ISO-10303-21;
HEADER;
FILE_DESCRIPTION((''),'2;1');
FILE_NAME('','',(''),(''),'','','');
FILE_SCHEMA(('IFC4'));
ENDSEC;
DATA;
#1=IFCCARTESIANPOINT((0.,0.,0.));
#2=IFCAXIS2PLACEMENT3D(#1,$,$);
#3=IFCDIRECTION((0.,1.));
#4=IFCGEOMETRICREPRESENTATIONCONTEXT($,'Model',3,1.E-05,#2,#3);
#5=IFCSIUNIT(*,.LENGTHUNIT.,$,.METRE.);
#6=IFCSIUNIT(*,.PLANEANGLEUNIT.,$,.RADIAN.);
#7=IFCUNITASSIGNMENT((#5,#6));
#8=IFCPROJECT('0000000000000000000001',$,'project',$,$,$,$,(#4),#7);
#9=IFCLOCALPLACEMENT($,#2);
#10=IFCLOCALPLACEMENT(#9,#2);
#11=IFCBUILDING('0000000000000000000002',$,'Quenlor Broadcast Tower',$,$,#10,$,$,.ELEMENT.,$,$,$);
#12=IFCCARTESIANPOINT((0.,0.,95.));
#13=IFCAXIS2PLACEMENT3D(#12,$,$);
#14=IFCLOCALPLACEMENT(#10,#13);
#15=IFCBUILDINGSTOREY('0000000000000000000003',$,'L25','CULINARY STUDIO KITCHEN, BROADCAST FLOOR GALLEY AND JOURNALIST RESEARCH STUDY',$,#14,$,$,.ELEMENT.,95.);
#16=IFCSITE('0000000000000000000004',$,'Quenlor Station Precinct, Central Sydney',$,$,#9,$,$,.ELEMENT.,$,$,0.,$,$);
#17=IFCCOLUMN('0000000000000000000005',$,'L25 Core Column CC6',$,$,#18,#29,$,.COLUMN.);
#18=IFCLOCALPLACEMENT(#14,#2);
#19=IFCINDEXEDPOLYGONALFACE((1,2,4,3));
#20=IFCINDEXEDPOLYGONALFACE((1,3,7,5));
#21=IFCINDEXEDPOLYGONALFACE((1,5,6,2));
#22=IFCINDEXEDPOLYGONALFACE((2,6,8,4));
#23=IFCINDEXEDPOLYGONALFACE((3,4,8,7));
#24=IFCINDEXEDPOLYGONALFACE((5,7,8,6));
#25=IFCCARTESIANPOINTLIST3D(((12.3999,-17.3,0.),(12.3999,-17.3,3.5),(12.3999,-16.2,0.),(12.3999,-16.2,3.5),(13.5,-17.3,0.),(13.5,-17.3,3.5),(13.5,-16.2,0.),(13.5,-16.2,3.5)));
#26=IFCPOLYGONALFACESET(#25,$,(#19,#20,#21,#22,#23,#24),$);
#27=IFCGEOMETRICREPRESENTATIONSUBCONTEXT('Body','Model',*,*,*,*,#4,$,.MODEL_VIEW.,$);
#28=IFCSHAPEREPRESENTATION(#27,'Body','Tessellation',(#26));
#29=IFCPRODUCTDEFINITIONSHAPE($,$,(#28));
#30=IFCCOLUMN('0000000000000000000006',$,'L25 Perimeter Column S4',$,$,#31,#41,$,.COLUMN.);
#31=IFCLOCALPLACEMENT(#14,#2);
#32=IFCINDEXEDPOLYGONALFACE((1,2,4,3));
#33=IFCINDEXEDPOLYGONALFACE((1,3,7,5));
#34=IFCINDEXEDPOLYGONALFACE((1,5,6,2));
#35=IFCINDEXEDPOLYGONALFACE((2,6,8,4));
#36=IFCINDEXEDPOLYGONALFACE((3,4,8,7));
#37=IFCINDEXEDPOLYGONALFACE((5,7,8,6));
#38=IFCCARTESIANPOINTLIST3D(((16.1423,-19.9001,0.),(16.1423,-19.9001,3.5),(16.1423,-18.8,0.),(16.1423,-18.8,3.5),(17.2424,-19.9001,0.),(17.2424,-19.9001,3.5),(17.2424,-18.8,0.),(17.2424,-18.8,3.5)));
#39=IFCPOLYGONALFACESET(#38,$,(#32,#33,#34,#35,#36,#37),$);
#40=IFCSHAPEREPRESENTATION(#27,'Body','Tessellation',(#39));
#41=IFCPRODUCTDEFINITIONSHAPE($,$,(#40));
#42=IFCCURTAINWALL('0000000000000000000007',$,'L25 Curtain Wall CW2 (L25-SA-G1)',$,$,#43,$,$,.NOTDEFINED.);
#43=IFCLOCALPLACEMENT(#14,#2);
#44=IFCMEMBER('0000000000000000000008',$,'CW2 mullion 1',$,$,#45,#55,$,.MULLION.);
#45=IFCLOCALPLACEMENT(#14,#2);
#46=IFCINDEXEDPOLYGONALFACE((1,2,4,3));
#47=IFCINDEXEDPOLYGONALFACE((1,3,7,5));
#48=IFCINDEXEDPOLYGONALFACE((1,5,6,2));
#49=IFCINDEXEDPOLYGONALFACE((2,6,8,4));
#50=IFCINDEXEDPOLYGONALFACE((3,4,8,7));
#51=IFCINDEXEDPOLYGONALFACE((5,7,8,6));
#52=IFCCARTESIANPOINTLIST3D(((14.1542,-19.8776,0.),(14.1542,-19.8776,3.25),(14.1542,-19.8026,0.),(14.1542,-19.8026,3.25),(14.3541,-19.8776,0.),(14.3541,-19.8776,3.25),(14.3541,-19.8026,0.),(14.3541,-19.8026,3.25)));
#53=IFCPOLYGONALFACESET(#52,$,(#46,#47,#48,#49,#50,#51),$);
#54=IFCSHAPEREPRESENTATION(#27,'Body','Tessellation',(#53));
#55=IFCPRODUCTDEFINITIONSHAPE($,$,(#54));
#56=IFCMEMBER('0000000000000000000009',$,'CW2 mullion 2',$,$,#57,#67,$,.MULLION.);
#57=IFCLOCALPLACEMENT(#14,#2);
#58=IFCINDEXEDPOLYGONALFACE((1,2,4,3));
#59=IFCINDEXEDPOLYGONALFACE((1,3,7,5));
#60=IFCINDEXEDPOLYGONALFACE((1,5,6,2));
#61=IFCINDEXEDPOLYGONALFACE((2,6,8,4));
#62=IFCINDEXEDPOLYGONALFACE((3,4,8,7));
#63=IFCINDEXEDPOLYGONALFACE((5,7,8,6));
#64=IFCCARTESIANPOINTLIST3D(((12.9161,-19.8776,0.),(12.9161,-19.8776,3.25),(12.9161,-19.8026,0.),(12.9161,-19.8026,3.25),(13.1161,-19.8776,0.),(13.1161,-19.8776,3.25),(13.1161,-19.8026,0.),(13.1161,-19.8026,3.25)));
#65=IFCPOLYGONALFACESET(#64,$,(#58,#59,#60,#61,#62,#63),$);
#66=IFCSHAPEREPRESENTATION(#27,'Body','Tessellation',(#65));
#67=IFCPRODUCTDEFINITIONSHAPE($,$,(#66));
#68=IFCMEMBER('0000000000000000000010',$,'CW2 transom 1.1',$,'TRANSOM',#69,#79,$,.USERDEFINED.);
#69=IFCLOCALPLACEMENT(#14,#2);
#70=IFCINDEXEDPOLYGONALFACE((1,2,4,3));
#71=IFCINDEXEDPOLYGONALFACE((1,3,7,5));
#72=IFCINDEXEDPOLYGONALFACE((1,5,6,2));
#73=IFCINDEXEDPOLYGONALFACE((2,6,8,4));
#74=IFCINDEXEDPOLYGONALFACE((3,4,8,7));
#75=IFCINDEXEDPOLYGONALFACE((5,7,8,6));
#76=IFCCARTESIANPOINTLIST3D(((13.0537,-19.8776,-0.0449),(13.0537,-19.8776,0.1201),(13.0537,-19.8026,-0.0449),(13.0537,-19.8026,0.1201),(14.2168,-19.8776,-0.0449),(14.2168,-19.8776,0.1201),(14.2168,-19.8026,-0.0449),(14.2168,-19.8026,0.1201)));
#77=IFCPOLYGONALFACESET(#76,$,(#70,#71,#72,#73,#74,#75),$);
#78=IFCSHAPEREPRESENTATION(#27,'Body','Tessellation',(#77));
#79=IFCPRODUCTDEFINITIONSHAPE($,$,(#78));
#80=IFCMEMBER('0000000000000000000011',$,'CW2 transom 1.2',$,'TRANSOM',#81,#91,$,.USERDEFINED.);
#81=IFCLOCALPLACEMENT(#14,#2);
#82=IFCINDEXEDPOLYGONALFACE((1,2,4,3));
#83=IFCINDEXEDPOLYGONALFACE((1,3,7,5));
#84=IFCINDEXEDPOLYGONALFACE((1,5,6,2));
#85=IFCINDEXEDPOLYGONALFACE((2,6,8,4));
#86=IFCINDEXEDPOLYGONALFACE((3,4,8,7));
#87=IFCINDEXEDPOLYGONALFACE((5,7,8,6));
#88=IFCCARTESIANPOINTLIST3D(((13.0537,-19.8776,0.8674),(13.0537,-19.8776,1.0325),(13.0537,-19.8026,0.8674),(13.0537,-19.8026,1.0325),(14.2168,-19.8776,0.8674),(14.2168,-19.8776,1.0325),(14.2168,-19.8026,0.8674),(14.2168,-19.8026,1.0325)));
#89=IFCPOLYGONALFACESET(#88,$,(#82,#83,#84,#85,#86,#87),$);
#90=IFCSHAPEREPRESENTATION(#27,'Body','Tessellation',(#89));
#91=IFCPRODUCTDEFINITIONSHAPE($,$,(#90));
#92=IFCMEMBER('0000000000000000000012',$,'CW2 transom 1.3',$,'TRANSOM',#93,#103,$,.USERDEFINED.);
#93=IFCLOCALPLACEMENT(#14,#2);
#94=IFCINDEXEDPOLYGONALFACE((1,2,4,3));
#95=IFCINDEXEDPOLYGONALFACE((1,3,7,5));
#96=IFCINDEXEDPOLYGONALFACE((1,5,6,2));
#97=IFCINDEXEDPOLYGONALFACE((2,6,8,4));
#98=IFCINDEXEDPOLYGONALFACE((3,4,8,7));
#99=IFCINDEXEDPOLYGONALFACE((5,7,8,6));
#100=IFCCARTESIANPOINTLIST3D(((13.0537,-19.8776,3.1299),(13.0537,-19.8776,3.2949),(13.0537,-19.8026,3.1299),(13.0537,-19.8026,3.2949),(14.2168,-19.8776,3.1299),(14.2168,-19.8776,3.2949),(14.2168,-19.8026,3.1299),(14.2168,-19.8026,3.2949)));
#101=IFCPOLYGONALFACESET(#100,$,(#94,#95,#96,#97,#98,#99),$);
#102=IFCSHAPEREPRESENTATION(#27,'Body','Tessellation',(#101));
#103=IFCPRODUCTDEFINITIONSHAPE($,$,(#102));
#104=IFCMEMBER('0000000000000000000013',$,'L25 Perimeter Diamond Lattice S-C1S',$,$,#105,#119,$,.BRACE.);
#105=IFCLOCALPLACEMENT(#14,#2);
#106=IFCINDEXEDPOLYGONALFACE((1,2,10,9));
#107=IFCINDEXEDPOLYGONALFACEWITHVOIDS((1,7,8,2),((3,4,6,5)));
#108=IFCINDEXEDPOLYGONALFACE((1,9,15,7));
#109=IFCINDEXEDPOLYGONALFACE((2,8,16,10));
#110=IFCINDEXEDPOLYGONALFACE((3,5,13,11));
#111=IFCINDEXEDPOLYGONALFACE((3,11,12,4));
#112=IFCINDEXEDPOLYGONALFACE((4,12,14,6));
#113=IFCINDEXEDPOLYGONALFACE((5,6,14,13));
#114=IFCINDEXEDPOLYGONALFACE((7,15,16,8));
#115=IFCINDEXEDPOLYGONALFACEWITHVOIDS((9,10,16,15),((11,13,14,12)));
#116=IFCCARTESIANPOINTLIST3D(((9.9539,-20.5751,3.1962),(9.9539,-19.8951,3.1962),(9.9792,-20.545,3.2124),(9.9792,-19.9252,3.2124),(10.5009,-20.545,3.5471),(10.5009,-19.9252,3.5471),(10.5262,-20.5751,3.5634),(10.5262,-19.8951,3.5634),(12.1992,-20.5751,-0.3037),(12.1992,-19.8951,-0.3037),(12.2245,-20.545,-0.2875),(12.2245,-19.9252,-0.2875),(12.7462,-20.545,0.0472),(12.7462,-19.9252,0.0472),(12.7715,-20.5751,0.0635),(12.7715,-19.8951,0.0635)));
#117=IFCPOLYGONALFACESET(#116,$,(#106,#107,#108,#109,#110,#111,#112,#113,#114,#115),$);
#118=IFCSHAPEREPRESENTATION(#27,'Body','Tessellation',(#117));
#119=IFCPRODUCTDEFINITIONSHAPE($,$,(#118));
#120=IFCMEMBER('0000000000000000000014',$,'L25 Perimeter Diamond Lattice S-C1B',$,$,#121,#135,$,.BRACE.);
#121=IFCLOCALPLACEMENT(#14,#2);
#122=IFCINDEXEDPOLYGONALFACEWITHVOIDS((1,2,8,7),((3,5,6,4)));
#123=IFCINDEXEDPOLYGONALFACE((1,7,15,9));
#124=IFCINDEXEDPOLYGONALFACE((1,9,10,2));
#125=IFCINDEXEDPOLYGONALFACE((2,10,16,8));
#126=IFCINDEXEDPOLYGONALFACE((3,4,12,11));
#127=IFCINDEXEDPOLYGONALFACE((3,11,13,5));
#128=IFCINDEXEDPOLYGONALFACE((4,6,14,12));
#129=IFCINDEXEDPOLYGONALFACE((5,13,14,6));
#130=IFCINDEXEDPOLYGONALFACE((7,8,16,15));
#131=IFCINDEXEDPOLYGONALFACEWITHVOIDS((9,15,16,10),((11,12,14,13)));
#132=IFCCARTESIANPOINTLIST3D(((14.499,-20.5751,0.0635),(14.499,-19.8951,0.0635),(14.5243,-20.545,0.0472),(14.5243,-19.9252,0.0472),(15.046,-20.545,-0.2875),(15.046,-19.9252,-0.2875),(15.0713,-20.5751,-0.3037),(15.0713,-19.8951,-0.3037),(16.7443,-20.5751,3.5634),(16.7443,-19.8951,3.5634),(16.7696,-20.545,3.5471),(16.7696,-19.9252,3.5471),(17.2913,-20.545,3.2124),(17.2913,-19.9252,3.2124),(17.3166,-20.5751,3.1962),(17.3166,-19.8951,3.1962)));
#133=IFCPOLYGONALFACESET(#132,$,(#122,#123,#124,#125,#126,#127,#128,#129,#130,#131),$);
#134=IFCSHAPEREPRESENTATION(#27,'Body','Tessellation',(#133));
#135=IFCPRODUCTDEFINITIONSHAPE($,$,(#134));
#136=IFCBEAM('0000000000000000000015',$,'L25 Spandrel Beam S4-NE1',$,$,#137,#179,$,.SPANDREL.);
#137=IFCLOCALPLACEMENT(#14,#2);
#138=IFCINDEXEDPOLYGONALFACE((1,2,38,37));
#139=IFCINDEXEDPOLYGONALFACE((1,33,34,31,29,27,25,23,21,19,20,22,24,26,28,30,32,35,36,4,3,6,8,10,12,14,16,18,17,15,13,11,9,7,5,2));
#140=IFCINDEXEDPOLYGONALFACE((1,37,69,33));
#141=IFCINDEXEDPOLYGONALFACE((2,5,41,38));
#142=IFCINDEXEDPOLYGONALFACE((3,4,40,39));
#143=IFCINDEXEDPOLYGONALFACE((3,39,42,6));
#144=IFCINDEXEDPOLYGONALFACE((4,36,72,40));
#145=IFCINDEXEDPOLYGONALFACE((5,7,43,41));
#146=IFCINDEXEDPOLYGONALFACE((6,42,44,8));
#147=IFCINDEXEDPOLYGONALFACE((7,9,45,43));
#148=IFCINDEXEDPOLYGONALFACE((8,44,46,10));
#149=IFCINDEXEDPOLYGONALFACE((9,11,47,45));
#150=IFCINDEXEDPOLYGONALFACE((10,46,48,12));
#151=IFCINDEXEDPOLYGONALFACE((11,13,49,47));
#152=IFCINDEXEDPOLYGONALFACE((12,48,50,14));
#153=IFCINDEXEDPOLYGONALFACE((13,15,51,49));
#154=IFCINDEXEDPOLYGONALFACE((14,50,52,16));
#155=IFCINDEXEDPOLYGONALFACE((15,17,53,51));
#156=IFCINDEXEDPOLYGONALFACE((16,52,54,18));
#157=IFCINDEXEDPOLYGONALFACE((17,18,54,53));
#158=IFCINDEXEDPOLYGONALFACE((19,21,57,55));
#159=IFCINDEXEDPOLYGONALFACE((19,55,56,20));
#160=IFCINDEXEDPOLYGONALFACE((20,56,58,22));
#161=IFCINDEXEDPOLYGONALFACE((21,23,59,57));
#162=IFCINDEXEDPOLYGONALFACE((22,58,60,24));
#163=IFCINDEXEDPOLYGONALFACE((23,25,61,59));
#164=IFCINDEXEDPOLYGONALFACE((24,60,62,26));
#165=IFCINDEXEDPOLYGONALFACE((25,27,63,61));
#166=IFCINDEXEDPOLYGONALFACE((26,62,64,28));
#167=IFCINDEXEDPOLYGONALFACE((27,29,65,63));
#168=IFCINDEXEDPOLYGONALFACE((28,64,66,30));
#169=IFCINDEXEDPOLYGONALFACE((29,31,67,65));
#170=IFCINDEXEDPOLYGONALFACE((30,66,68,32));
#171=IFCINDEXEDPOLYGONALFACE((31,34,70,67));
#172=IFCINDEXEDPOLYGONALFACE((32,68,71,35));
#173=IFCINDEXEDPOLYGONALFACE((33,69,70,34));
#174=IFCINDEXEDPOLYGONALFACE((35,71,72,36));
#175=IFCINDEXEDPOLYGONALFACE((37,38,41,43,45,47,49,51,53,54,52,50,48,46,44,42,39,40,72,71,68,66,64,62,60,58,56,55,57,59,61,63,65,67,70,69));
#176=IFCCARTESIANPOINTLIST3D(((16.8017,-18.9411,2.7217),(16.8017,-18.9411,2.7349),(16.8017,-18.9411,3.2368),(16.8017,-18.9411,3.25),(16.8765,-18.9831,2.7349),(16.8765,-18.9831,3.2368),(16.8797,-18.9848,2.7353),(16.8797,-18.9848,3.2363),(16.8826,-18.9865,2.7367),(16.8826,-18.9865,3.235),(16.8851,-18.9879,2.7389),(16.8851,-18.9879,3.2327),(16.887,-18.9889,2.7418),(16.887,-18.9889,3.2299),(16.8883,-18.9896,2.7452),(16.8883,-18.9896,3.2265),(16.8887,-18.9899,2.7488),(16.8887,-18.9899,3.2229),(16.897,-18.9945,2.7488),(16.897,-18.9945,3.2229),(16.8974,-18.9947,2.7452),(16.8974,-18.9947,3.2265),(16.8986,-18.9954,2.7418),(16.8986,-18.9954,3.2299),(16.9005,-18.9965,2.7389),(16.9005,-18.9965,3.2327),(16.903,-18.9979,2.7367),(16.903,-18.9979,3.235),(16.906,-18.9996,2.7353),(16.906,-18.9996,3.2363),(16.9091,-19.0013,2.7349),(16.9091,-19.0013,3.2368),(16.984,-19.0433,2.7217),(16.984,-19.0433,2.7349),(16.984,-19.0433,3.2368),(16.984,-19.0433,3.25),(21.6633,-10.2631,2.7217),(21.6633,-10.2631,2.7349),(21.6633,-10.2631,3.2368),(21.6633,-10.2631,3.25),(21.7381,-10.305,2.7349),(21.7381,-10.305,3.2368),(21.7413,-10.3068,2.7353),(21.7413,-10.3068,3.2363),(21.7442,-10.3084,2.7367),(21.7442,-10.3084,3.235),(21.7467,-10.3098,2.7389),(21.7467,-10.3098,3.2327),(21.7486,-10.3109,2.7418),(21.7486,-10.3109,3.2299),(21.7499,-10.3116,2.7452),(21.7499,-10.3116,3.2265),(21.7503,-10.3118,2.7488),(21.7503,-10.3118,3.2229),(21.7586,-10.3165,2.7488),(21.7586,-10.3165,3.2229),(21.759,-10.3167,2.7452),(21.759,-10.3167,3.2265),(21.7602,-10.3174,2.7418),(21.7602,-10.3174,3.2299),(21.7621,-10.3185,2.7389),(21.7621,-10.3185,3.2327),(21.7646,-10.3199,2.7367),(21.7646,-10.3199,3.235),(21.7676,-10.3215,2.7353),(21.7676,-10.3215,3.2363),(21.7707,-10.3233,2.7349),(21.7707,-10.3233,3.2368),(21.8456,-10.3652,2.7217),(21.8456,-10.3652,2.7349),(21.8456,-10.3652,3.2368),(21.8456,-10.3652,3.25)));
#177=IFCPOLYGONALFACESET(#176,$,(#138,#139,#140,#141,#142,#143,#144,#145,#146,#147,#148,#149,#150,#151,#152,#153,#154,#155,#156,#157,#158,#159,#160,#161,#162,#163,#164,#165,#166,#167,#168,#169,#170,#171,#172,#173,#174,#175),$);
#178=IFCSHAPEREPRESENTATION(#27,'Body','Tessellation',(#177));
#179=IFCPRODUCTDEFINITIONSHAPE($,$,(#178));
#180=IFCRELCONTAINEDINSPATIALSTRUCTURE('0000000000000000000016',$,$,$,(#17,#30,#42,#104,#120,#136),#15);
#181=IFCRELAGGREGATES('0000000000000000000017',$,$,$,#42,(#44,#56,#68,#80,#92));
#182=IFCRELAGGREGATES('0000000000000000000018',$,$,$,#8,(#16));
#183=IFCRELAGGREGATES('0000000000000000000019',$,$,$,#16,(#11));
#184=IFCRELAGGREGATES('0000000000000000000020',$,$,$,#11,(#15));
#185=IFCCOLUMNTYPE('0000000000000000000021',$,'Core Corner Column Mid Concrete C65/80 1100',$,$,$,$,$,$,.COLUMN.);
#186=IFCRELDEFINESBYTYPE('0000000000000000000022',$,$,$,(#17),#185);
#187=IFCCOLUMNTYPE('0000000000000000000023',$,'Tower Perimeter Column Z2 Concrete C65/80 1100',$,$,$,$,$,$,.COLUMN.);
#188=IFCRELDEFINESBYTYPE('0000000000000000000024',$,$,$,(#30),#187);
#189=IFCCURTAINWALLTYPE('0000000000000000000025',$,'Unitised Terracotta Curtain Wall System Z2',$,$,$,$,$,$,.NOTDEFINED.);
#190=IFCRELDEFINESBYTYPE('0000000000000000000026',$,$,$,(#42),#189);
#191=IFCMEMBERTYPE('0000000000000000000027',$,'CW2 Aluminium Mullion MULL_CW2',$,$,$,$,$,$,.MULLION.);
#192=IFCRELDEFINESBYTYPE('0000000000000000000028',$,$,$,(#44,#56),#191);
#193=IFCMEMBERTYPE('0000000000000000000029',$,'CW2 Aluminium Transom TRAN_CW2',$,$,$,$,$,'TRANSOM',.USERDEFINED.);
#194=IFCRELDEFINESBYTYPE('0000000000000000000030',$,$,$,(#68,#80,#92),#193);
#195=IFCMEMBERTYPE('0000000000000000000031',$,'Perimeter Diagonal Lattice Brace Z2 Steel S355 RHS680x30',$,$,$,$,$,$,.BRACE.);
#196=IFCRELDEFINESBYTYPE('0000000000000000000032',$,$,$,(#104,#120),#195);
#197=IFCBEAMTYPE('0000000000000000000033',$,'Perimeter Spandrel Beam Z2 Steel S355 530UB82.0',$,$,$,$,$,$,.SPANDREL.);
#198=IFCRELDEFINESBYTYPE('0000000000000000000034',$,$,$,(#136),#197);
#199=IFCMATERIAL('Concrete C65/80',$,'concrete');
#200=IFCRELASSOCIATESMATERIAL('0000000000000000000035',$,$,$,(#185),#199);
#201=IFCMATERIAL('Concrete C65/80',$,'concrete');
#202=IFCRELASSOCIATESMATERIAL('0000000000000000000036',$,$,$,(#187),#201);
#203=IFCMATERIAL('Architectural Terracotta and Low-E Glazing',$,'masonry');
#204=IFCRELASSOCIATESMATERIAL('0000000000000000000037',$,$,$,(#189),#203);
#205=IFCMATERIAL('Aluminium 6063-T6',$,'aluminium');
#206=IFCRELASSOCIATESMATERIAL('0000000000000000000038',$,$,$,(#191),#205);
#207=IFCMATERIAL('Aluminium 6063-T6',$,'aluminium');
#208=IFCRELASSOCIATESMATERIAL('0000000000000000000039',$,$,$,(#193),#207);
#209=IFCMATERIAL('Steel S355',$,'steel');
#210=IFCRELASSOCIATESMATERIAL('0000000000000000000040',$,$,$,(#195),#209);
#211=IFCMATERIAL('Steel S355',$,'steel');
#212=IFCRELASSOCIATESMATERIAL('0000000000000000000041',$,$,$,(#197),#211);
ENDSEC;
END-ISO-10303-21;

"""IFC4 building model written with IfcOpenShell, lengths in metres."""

from ifc_helpers import new_model, si_unit, direction, frame, origin, origin_2d, place, context, subcontext, project, spatial, rectangle, hollow_rectangle, i_section, extrude, material, material_profile, profile_set, type_object, element, aggregate, save


model = new_model("IFC4")

# Units and contexts
model_context = context("Model", 3, precision=1e-05, world=origin(), true_north=direction((0.0, 1.0)))
body_context = subcontext(model_context, "Body", "Model", "MODEL_VIEW")
ifc_project = project(units=[si_unit("LENGTHUNIT", "METRE"), si_unit("PLANEANGLEUNIT", "RADIAN")], contexts=[model_context])

# Site, building, storey
site_placement = place(None, origin())
site = spatial("IfcSite", under=ifc_project, at=site_placement, Name="Quenlor Station Precinct, Central Sydney", CompositionType="ELEMENT", RefElevation=0.0)
building_placement = place(site_placement, origin())
building = spatial("IfcBuilding", under=site, at=building_placement, Name="Quenlor Broadcast Tower", CompositionType="ELEMENT")
storey_placement = place(building_placement, frame((0.0, 0.0, 95.0)))
storey = spatial("IfcBuildingStorey", under=building, at=storey_placement, Name="L25", Description="CULINARY STUDIO KITCHEN, BROADCAST FLOOR GALLEY AND JOURNALIST RESEARCH STUDY", CompositionType="ELEMENT", Elevation=95.0)

# Columns
ifc_material_1 = material(Name="Concrete C65/80", Category="concrete")
ifc_material_profile_1 = material_profile(ifc_material_1, rectangle(XDim=1.1001, YDim=1.1001, at=origin_2d()))
ifc_profile_set_1 = profile_set([ifc_material_profile_1], Name="Concrete C65/80 RC1100x1100")
column_type_1 = type_object("IfcColumnType", Name="Core Corner Column Mid Concrete C65/80 1100", PredefinedType="COLUMN", material=ifc_profile_set_1)
column_1_placement = place(storey_placement, frame((12.95, -16.75, 0.0), z_axis=(0.0, 0.0, 1.0), x_axis=(1.0, 0.0, 0.0)))
element("IfcColumn", 1, at=column_1_placement, inside=storey, type_object=column_type_1, Name="L25 Core Column CC6", PredefinedType="COLUMN", context=body_context, shape_type="SweptSolid", body=[
    extrude(rectangle(XDim=1.1001, YDim=1.1001, at=origin_2d()), origin(), (0.0, 0.0, 1.0), 3.5),
])
ifc_material_2 = material(Name="Concrete C65/80", Category="concrete")
ifc_material_profile_2 = material_profile(ifc_material_2, rectangle(XDim=1.1001, YDim=1.1001, at=origin_2d()))
ifc_profile_set_2 = profile_set([ifc_material_profile_2], Name="Concrete C65/80 RC1100x1100")
column_type_2 = type_object("IfcColumnType", Name="Tower Perimeter Column Z2 Concrete C65/80 1100", PredefinedType="COLUMN", material=ifc_profile_set_2)
column_2_placement = place(storey_placement, frame((16.6924, -19.3501, 0.0), z_axis=(0.0, 0.0, 1.0), x_axis=(0.0, 1.0, 0.0)))
element("IfcColumn", 2, at=column_2_placement, inside=storey, type_object=column_type_2, Name="L25 Perimeter Column S4", PredefinedType="COLUMN", context=body_context, shape_type="SweptSolid", body=[
    extrude(rectangle(XDim=1.1001, YDim=1.1001, at=origin_2d()), origin(), (0.0, 0.0, 1.0), 3.5),
])

# Curtain wall, members
ifc_material_3 = material(Name="Architectural Terracotta and Low-E Glazing", Category="masonry")
curtain_wall_type = type_object("IfcCurtainWallType", Name="Unitised Terracotta Curtain Wall System Z2", PredefinedType="NOTDEFINED", material=ifc_material_3)
curtain_wall_placement = place(storey_placement, origin())
curtain_wall = element("IfcCurtainWall", 3, at=curtain_wall_placement, inside=storey, type_object=curtain_wall_type, Name="L25 Curtain Wall CW2 (L25-SA-G1)", PredefinedType="NOTDEFINED")
ifc_material_4 = material(Name="Aluminium 6063-T6", Category="aluminium")
ifc_material_profile_3 = material_profile(ifc_material_4, rectangle(XDim=0.075, YDim=0.2, at=origin_2d()))
ifc_profile_set_3 = profile_set([ifc_material_profile_3], Name="Aluminium 6063-T6 MULL75x200")
member_type_1 = type_object("IfcMemberType", Name="CW2 Aluminium Mullion MULL_CW2", PredefinedType="MULLION", material=ifc_profile_set_3)
member_1_placement = place(storey_placement, frame((14.2542, -19.8401, 0.0), z_axis=(0.0, 0.0, 1.0), x_axis=(0.0, -1.0, 0.0)))
member_1 = element("IfcMember", 4, at=member_1_placement, type_object=member_type_1, Name="CW2 mullion 1", PredefinedType="MULLION", context=body_context, shape_type="SweptSolid", body=[
    extrude(rectangle(XDim=0.075, YDim=0.2, at=origin_2d()), origin(), (0.0, 0.0, 1.0), 3.25),
])
member_2_placement = place(storey_placement, frame((13.0161, -19.8401, 0.0), z_axis=(0.0, 0.0, 1.0), x_axis=(0.0, -1.0, 0.0)))
member_2 = element("IfcMember", 5, at=member_2_placement, type_object=member_type_1, Name="CW2 mullion 2", PredefinedType="MULLION", context=body_context, shape_type="SweptSolid", body=[
    extrude(rectangle(XDim=0.075, YDim=0.2, at=origin_2d()), origin(), (0.0, 0.0, 1.0), 3.25),
])
ifc_material_5 = material(Name="Aluminium 6063-T6", Category="aluminium")
ifc_material_profile_4 = material_profile(ifc_material_5, rectangle(XDim=0.075, YDim=0.165, at=origin_2d()))
ifc_profile_set_4 = profile_set([ifc_material_profile_4], Name="Aluminium 6063-T6 TRAN75x165")
member_type_2 = type_object("IfcMemberType", Name="CW2 Aluminium Transom TRAN_CW2", ElementType="TRANSOM", PredefinedType="USERDEFINED", material=ifc_profile_set_4)
member_3_placement = place(storey_placement, frame((14.2168, -19.8401, 0.0376), z_axis=(-1.0, 0.0, 0.0), x_axis=(0.0, -1.0, 0.0)))
member_3 = element("IfcMember", 6, at=member_3_placement, type_object=member_type_2, Name="CW2 transom 1.1", ObjectType="TRANSOM", PredefinedType="USERDEFINED", context=body_context, shape_type="SweptSolid", body=[
    extrude(rectangle(XDim=0.075, YDim=0.165, at=origin_2d()), origin(), (0.0, 0.0, 1.0), 1.1631),
])
member_4_placement = place(storey_placement, frame((14.2168, -19.8401, 0.95), z_axis=(-1.0, 0.0, 0.0), x_axis=(0.0, -1.0, 0.0)))
member_4 = element("IfcMember", 7, at=member_4_placement, type_object=member_type_2, Name="CW2 transom 1.2", ObjectType="TRANSOM", PredefinedType="USERDEFINED", context=body_context, shape_type="SweptSolid", body=[
    extrude(rectangle(XDim=0.075, YDim=0.165, at=origin_2d()), origin(), (0.0, 0.0, 1.0), 1.1631),
])
member_5_placement = place(storey_placement, frame((14.2168, -19.8401, 3.2124), z_axis=(-1.0, 0.0, 0.0), x_axis=(0.0, -1.0, 0.0)))
member_5 = element("IfcMember", 8, at=member_5_placement, type_object=member_type_2, Name="CW2 transom 1.3", ObjectType="TRANSOM", PredefinedType="USERDEFINED", context=body_context, shape_type="SweptSolid", body=[
    extrude(rectangle(XDim=0.075, YDim=0.165, at=origin_2d()), origin(), (0.0, 0.0, 1.0), 1.1631),
])

# Members
ifc_material_6 = material(Name="Steel S355", Category="steel")
ifc_material_profile_5 = material_profile(ifc_material_6, hollow_rectangle(XDim=0.6799, YDim=0.6799, WallThickness=0.03, at=origin_2d()))
ifc_profile_set_5 = profile_set([ifc_material_profile_5], Name="Steel S355 RHS680x680x30")
member_type_3 = type_object("IfcMemberType", Name="Perimeter Diagonal Lattice Brace Z2 Steel S355 RHS680x30", PredefinedType="BRACE", material=ifc_profile_set_5)
for number, where, z_axis, x_axis, name in (
    (9, (12.4854, -20.2351, -0.1201), (-0.539968, 0.0, 0.841686), (0.0, -1.0, 0.0), "L25 Perimeter Diamond Lattice S-C1S"),
    (10, (14.7852, -20.2351, -0.1201), (0.539968, 0.0, 0.841686), (0.0, 1.0, 0.0), "L25 Perimeter Diamond Lattice S-C1B"),
):
    element("IfcMember", number, at=place(storey_placement, frame(where, z_axis=z_axis, x_axis=x_axis)), inside=storey, type_object=member_type_3, Name=name, PredefinedType="BRACE", context=body_context, shape_type="SweptSolid", body=[
        extrude(hollow_rectangle(XDim=0.6799, YDim=0.6799, WallThickness=0.03, at=origin_2d()), origin(), (0.0, 0.0, 1.0), 4.1582),
    ])

# Beam
ifc_material_7 = material(Name="Steel S355", Category="steel")
ifc_material_profile_6 = material_profile(ifc_material_7, i_section(OverallWidth=0.209, OverallDepth=0.5283, WebThickness=0.0095, FlangeThickness=0.0132, FilletRadius=0.0139, at=origin_2d()))
ifc_profile_set_6 = profile_set([ifc_material_profile_6], Name="Steel S355 530UB82.0")
beam_type_1 = type_object("IfcBeamType", Name="Perimeter Spandrel Beam Z2 Steel S355 530UB82.0", PredefinedType="SPANDREL", material=ifc_profile_set_6)
beam_1_placement = place(storey_placement, frame((16.8928, -18.9922, 2.9858), z_axis=(0.488749, 0.872424, 0.0), x_axis=(-0.872424, 0.488749, 0.0)))
element("IfcBeam", 11, at=beam_1_placement, inside=storey, type_object=beam_type_1, Name="L25 Spandrel Beam S4-NE1", PredefinedType="SPANDREL", context=body_context, shape_type="SweptSolid", body=[
    extrude(i_section(OverallWidth=0.209, OverallDepth=0.5283, WebThickness=0.0095, FlangeThickness=0.0132, FilletRadius=0.0139, at=origin_2d()), origin(), (0.0, 0.0, 1.0), 9.947),
])

aggregate(curtain_wall, [member_1, member_2, member_3, member_4, member_5])

save(model, "model.ifc")
